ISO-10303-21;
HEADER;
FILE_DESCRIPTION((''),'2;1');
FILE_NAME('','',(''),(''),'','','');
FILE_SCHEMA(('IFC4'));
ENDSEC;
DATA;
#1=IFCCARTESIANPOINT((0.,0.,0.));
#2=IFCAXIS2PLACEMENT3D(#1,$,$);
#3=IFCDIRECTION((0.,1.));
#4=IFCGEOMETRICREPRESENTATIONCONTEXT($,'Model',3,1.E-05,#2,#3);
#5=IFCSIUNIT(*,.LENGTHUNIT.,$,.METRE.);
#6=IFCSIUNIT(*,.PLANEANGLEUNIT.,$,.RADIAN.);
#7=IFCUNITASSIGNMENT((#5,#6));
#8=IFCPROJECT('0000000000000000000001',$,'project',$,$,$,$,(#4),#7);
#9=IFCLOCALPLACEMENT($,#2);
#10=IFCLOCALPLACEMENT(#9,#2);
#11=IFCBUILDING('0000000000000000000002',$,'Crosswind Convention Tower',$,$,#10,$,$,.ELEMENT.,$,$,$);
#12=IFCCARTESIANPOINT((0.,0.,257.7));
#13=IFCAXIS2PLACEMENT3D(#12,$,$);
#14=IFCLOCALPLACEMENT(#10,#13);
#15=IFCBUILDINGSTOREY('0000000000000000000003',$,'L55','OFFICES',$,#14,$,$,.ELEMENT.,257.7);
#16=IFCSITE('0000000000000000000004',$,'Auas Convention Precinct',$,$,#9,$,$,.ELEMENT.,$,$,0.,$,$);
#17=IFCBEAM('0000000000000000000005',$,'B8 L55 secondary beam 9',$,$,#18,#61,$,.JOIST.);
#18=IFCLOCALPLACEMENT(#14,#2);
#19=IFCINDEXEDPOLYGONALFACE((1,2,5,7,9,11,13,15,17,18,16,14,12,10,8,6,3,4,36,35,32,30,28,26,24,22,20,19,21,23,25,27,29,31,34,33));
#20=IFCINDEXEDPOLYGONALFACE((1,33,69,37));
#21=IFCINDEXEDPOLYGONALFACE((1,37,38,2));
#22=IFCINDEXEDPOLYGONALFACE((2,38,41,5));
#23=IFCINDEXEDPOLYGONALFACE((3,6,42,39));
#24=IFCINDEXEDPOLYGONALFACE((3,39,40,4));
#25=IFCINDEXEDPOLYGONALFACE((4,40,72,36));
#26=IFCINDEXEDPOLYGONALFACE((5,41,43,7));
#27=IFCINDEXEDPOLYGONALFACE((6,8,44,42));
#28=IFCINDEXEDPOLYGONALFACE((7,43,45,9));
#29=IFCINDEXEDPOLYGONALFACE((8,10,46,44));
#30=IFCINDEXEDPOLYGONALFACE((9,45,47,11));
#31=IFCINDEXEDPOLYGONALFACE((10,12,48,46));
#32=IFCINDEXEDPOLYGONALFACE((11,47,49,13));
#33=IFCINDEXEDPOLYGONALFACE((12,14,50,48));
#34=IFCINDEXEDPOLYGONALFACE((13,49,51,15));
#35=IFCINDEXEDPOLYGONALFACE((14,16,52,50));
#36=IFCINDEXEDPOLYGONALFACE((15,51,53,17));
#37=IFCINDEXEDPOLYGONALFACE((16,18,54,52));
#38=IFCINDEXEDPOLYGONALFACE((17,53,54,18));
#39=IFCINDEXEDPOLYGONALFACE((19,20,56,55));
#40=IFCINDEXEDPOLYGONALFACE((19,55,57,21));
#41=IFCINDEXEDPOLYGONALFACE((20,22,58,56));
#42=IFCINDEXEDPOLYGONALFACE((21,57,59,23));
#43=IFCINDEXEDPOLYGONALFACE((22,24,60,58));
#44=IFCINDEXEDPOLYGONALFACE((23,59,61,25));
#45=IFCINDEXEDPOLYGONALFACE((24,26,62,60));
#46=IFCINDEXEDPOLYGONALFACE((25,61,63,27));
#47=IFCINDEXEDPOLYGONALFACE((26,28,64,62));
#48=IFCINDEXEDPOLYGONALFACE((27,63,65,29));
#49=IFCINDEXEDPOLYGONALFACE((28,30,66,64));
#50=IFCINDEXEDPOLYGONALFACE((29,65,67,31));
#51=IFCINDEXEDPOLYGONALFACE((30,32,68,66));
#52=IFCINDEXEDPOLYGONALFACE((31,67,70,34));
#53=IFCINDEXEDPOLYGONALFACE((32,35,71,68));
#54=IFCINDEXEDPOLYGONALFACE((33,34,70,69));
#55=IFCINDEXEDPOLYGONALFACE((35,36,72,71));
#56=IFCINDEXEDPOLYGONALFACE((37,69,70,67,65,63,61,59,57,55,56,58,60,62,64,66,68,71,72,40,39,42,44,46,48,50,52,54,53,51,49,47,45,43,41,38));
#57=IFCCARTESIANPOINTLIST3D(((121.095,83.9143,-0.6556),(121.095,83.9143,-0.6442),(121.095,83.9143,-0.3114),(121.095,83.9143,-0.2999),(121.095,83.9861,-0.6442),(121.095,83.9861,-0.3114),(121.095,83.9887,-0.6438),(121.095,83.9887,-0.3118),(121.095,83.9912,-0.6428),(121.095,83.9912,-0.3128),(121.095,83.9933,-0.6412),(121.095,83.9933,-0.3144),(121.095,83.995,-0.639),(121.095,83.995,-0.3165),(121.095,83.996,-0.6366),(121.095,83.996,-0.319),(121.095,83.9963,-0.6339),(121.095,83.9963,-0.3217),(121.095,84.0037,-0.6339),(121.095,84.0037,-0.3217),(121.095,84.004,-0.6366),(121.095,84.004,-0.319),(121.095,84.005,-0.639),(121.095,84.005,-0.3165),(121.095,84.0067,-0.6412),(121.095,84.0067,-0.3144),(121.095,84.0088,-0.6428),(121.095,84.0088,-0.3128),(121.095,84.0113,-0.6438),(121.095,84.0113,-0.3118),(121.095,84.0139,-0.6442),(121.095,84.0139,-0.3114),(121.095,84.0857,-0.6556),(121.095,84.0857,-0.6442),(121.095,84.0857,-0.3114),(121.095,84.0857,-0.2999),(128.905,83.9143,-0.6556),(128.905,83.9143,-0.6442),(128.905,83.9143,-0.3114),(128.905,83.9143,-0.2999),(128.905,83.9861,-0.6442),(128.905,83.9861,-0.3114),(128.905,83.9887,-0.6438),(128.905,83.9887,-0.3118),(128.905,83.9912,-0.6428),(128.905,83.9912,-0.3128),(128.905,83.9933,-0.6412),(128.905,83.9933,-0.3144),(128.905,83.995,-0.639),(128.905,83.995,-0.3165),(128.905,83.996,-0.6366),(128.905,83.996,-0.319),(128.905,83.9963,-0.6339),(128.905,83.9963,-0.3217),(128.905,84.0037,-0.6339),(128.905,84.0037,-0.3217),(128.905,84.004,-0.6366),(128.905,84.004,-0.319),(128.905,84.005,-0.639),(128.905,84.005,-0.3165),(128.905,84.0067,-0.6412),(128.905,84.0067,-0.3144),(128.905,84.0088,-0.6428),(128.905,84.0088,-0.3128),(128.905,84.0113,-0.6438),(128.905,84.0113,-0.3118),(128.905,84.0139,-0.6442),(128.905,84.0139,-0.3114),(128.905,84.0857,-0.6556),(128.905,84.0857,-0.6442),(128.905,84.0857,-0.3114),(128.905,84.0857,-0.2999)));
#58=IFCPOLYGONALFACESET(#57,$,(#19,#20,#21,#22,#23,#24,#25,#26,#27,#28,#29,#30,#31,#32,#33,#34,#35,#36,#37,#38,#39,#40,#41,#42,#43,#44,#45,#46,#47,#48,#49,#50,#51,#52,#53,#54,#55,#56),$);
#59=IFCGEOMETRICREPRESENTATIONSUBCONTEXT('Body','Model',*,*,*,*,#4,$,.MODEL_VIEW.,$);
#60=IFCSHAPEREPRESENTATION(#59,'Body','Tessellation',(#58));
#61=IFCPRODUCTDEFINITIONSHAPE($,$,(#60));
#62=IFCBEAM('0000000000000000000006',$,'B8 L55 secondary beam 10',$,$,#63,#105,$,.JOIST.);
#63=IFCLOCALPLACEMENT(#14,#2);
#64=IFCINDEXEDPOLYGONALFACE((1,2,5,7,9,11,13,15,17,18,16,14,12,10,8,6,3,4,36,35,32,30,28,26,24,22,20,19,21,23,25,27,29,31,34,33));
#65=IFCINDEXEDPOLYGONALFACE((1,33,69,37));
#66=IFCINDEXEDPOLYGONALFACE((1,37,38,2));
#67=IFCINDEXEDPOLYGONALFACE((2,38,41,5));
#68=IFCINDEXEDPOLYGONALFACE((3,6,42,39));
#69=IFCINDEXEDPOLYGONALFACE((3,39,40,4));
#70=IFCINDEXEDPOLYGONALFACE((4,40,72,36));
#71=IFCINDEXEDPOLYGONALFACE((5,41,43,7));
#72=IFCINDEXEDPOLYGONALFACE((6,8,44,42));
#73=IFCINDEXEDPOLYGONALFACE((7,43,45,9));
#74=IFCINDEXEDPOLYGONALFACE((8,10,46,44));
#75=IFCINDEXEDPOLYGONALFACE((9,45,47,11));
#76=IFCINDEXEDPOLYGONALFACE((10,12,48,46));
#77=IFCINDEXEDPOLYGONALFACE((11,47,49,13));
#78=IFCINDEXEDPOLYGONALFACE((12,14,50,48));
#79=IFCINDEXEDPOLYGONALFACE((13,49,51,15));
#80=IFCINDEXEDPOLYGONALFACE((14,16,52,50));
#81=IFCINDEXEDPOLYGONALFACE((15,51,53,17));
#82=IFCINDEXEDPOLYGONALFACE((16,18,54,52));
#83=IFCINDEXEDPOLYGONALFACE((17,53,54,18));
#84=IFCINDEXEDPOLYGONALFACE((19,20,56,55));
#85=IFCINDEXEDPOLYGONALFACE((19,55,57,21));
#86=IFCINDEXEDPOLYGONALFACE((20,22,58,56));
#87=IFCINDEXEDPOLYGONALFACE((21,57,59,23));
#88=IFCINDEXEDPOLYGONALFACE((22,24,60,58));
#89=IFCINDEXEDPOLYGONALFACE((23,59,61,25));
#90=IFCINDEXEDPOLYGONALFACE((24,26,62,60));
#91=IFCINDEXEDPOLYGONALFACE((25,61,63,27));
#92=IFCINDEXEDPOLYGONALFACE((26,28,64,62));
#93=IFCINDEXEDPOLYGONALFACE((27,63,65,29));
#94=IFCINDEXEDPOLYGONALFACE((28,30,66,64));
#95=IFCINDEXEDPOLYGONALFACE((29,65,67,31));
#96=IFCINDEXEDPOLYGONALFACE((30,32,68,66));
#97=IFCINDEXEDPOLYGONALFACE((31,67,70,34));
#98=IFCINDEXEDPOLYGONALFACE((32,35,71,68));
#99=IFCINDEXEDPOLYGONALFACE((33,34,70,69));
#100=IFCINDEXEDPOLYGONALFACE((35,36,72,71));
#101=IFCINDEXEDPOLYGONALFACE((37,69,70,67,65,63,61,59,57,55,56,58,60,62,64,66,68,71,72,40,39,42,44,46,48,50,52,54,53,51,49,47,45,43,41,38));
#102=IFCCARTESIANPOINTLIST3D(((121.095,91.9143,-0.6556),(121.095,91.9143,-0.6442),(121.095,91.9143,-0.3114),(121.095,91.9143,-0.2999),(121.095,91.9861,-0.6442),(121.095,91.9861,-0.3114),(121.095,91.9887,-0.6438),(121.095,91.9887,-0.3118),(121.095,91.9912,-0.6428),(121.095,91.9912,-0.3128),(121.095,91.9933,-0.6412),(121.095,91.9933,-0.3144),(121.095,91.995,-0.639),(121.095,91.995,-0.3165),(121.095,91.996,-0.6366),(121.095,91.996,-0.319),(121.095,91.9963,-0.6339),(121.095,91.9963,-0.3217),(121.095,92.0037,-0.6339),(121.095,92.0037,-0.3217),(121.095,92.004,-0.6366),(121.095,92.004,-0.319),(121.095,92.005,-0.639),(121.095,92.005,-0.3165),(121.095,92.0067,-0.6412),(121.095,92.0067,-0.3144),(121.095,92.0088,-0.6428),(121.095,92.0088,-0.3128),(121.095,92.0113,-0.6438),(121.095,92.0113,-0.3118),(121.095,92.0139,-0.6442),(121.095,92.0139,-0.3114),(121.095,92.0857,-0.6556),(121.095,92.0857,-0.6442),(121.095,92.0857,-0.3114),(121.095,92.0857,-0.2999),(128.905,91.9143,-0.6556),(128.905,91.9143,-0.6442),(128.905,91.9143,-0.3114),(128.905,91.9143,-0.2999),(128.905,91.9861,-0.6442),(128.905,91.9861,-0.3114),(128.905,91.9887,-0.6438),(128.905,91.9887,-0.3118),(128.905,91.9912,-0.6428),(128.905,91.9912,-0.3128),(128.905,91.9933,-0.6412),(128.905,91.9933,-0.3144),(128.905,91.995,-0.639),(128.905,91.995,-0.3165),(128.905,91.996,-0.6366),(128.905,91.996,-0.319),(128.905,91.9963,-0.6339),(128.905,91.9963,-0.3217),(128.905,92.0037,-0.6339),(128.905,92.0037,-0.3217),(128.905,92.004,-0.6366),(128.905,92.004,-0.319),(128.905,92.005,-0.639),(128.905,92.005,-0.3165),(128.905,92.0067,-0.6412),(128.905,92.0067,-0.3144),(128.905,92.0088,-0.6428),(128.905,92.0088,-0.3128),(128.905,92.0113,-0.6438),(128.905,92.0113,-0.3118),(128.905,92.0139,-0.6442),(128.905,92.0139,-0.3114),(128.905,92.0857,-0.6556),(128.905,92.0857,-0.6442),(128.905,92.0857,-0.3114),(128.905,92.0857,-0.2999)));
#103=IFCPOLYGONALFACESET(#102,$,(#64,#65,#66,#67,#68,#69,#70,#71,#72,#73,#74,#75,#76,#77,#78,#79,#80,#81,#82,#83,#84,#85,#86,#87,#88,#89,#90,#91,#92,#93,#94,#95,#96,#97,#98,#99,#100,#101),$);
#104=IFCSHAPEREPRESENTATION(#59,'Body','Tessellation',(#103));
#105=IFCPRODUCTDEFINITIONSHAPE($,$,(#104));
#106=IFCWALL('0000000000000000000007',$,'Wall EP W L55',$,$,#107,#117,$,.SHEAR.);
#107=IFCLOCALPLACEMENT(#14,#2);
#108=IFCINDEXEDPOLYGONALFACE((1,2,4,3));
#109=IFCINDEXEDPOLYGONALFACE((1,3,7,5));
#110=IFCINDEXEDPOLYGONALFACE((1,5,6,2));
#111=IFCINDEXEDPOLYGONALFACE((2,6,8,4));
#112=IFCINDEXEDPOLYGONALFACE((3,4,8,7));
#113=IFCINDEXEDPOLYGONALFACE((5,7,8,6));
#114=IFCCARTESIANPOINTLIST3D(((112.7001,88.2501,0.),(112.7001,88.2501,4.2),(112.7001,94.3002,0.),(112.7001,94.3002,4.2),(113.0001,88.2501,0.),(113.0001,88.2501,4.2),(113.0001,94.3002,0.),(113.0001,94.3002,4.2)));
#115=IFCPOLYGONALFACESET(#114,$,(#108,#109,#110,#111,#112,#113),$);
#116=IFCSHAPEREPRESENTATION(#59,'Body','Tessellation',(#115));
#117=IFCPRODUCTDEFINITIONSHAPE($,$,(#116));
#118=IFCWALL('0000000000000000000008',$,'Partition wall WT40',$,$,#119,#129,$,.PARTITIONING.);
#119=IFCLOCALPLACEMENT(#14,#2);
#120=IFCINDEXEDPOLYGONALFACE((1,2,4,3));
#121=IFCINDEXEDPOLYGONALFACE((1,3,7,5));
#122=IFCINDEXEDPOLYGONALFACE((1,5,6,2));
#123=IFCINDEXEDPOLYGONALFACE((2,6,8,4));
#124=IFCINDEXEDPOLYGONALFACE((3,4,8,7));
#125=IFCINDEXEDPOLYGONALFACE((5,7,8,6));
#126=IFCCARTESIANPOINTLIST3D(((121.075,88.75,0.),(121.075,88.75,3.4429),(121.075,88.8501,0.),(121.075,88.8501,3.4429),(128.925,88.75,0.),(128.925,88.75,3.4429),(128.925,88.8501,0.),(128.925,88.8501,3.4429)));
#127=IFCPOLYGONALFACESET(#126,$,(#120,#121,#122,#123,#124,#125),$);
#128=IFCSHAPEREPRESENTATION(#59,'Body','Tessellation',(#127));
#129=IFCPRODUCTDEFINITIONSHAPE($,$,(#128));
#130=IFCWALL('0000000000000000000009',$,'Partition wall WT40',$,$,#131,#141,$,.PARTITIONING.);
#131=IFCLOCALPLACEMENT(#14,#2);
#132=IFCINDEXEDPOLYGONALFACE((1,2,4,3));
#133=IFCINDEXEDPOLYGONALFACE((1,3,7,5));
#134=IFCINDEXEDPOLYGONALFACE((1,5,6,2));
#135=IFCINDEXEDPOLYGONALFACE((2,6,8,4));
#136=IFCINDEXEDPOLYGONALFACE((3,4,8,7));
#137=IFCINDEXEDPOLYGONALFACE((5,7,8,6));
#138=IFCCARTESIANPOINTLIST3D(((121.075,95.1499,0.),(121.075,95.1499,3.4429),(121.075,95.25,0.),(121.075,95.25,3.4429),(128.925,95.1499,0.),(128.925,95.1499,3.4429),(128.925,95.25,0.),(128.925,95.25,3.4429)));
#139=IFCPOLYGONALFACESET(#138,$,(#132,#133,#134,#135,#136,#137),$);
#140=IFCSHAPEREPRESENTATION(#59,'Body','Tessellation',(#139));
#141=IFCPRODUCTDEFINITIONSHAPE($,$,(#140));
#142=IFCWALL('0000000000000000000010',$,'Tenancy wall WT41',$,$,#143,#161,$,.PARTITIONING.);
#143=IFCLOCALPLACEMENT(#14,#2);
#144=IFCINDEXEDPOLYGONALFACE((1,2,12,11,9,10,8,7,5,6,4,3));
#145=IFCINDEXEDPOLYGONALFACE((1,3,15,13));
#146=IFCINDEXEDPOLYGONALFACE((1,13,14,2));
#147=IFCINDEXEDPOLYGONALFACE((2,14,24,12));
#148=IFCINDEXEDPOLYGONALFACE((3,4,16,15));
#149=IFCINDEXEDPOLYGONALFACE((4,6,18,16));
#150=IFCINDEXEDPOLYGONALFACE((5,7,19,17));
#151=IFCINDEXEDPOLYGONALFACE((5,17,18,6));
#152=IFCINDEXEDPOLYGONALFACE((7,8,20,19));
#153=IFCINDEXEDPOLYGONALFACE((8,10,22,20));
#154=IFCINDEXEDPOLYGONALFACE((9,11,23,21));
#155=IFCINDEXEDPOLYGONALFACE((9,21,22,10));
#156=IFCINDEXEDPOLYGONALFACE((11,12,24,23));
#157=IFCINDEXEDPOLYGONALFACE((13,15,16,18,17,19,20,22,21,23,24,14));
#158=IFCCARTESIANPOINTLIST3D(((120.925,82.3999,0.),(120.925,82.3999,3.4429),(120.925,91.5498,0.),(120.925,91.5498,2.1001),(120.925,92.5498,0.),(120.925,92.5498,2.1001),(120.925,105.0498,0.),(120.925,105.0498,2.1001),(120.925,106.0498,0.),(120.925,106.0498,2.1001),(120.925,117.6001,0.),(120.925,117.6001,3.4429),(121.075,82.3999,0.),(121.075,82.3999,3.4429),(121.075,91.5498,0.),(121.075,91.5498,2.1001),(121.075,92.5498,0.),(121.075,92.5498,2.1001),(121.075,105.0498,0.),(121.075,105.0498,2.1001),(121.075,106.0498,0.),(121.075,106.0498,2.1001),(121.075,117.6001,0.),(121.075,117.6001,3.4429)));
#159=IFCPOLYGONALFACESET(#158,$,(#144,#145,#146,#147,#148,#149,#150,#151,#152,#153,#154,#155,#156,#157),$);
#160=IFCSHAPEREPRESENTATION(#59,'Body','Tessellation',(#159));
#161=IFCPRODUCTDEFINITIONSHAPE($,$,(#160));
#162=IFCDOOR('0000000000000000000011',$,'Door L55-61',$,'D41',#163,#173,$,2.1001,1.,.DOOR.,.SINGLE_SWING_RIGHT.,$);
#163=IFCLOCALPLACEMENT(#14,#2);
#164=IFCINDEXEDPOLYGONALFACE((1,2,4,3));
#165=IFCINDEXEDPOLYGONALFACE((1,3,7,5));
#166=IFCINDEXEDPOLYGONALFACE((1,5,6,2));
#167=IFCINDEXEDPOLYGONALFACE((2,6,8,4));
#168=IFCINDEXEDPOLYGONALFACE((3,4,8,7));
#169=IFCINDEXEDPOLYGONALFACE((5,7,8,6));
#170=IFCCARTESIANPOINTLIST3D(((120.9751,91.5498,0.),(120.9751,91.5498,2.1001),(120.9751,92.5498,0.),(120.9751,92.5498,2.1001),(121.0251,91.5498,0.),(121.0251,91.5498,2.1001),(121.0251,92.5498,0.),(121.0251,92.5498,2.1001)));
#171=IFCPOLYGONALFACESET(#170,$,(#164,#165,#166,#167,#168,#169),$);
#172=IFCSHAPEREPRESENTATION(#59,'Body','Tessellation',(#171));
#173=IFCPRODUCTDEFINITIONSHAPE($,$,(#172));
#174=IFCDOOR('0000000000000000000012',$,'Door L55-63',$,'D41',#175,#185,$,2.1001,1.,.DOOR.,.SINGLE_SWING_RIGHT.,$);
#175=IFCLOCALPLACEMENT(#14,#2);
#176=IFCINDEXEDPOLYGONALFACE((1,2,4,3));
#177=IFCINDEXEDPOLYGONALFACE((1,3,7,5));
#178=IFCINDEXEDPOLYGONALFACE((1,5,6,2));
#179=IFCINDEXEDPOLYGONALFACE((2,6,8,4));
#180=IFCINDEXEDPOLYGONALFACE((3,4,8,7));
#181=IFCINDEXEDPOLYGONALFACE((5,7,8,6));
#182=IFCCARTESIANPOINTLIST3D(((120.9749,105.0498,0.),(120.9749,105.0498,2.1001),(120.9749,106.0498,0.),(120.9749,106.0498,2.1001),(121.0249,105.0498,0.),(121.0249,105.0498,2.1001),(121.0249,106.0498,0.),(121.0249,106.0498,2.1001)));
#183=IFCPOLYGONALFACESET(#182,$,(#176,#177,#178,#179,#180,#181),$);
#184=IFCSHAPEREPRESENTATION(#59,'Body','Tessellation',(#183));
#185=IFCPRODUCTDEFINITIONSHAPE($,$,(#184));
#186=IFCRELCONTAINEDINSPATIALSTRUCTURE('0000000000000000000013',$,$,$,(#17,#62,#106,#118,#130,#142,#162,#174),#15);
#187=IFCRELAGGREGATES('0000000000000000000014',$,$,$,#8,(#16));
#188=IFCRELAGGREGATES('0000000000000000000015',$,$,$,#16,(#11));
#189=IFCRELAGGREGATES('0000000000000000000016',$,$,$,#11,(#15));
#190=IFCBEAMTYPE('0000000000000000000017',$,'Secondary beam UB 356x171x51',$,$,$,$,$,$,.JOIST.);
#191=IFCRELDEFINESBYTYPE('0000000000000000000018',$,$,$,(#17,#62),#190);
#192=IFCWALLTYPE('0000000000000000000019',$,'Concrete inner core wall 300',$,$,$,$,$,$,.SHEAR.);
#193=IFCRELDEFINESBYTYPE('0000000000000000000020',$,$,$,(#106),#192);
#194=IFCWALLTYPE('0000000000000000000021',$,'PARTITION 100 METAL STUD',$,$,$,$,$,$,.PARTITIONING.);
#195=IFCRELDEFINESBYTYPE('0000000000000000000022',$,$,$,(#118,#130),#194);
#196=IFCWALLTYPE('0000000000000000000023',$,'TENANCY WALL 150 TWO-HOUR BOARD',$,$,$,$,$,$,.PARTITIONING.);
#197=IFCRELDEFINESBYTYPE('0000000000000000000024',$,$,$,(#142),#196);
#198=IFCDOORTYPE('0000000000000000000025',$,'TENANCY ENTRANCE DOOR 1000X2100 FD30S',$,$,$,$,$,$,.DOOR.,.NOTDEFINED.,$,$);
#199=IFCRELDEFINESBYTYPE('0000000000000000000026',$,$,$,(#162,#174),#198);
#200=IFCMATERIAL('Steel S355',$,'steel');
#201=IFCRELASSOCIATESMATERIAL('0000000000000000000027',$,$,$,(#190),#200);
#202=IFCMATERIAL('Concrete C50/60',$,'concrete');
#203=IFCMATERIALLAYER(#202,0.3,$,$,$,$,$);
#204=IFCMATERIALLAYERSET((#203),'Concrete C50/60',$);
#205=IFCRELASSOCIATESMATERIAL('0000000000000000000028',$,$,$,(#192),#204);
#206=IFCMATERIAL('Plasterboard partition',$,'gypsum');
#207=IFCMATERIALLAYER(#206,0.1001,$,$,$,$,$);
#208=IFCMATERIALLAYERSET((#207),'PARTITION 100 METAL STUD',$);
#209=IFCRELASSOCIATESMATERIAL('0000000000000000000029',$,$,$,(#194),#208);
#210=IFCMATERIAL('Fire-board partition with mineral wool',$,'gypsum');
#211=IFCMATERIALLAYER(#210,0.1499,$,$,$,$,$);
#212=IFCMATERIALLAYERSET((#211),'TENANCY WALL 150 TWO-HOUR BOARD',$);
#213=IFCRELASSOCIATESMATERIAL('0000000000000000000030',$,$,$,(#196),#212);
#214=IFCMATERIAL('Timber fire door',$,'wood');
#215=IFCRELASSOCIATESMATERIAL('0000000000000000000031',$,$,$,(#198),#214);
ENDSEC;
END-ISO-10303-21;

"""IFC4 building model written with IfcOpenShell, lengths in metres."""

from ifc_helpers import new_model, si_unit, direction, frame, frame_2d, origin, origin_2d, place, context, subcontext, project, spatial, rectangle, i_section, extrude, material, layer, layer_set, material_profile, profile_set, type_object, element, fill, save


model = new_model("IFC4")

# Units and contexts
model_context = context("Model", 3, precision=1e-05, world=origin(), true_north=direction((0.0, 1.0)))
body_context = subcontext(model_context, "Body", "Model", "MODEL_VIEW")
ifc_project = project(units=[si_unit("LENGTHUNIT", "METRE"), si_unit("PLANEANGLEUNIT", "RADIAN")], contexts=[model_context])

# Site, building, storey
site_placement = place(None, origin())
site = spatial("IfcSite", under=ifc_project, at=site_placement, Name="Auas Convention Precinct", CompositionType="ELEMENT", RefElevation=0.0)
building_placement = place(site_placement, origin())
building = spatial("IfcBuilding", under=site, at=building_placement, Name="Crosswind Convention Tower", CompositionType="ELEMENT")
storey_placement = place(building_placement, frame((0.0, 0.0, 257.7)))
storey = spatial("IfcBuildingStorey", under=building, at=storey_placement, Name="L55", Description="OFFICES", CompositionType="ELEMENT", Elevation=257.7)

# Beams
ifc_material_1 = material(Name="Steel S355", Category="steel")
ifc_material_profile_1 = material_profile(ifc_material_1, i_section(OverallWidth=0.1714, OverallDepth=0.3557, WebThickness=0.0073, FlangeThickness=0.0115, FilletRadius=0.0103, at=origin_2d()), Name="UB 356x171x51")
ifc_profile_set_1 = profile_set([ifc_material_profile_1], Name="Steel S355")
beam_type_1 = type_object("IfcBeamType", Name="Secondary beam UB 356x171x51", PredefinedType="JOIST", material=ifc_profile_set_1)
for number, where, z_axis, x_axis, name in (
    (1, (121.095, 84.0, -0.4778), (1.0, 0.0, 0.0), (0.0, 1.0, 0.0), "B8 L55 secondary beam 9"),
    (2, (121.095, 92.0, -0.4778), (1.0, 0.0, 0.0), (0.0, 1.0, 0.0), "B8 L55 secondary beam 10"),
):
    element("IfcBeam", number, at=place(storey_placement, frame(where, z_axis=z_axis, x_axis=x_axis)), inside=storey, type_object=beam_type_1, Name=name, PredefinedType="JOIST", context=body_context, shape_type="SweptSolid", body=[
        extrude(i_section(OverallWidth=0.1714, OverallDepth=0.3557, WebThickness=0.0073, FlangeThickness=0.0115, FilletRadius=0.0103, at=origin_2d()), origin(), (0.0, 0.0, 1.0), 7.8101),
    ])

# Walls
ifc_material_2 = material(Name="Concrete C50/60", Category="concrete")
ifc_layer_1 = layer(ifc_material_2, 0.3)
ifc_layer_set_1 = layer_set([ifc_layer_1], Name="Concrete C50/60")
wall_type_1 = type_object("IfcWallType", Name="Concrete inner core wall 300", PredefinedType="SHEAR", material=ifc_layer_set_1)
wall_1_placement = place(storey_placement, frame((112.8501, 94.3, 0.0), z_axis=(0.0, 0.0, 1.0), x_axis=(0.0, -1.0, 0.0)))
element("IfcWall", 3, at=wall_1_placement, inside=storey, type_object=wall_type_1, Name="Wall EP W L55", PredefinedType="SHEAR", context=body_context, shape_type="SweptSolid", body=[
    extrude(rectangle(XDim=6.05, YDim=0.3, at=frame_2d((3.0249, 0.0))), origin(), (0.0, 0.0, 1.0), 4.2),
])
ifc_material_3 = material(Name="Plasterboard partition", Category="gypsum")
ifc_layer_2 = layer(ifc_material_3, 0.1001)
ifc_layer_set_2 = layer_set([ifc_layer_2], Name="PARTITION 100 METAL STUD")
wall_type_2 = type_object("IfcWallType", Name="PARTITION 100 METAL STUD", PredefinedType="PARTITIONING", material=ifc_layer_set_2)
for number, where, z_axis, x_axis, name in (
    (4, (121.075, 88.8, 0.0), (0.0, 0.0, 1.0), (1.0, 0.0, 0.0), "Partition wall WT40"),
    (5, (121.075, 95.2, 0.0), (0.0, 0.0, 1.0), (1.0, 0.0, 0.0), "Partition wall WT40"),
):
    element("IfcWall", number, at=place(storey_placement, frame(where, z_axis=z_axis, x_axis=x_axis)), inside=storey, type_object=wall_type_2, Name=name, PredefinedType="PARTITIONING", context=body_context, shape_type="SweptSolid", body=[
        extrude(rectangle(XDim=7.8501, YDim=0.1001, at=frame_2d((3.925, 0.0))), origin(), (0.0, 0.0, 1.0), 3.4429),
    ])

# Wall, openings, doors
ifc_material_4 = material(Name="Fire-board partition with mineral wool", Category="gypsum")
ifc_layer_3 = layer(ifc_material_4, 0.1499)
ifc_layer_set_3 = layer_set([ifc_layer_3], Name="TENANCY WALL 150 TWO-HOUR BOARD")
wall_type_3 = type_object("IfcWallType", Name="TENANCY WALL 150 TWO-HOUR BOARD", PredefinedType="PARTITIONING", material=ifc_layer_set_3)
wall_2_placement = place(storey_placement, frame((121.0, 82.3999, 0.0), z_axis=(0.0, 0.0, 1.0), x_axis=(0.0, 1.0, 0.0)))
wall_2 = element("IfcWall", 6, at=wall_2_placement, inside=storey, type_object=wall_type_3, Name="Tenancy wall WT41", PredefinedType="PARTITIONING", context=body_context, shape_type="SweptSolid", body=[
    extrude(rectangle(XDim=35.2002, YDim=0.1499, at=frame_2d((17.6001, 0.0))), origin(), (0.0, 0.0, 1.0), 3.4429),
])
opening_1_placement = place(wall_2_placement, frame((9.1499, 0.0, 0.0)))
opening_1 = element("IfcOpeningElement", 7, at=opening_1_placement, cuts=wall_2, PredefinedType="OPENING", context=body_context, shape_type="SweptSolid", body=[
    extrude(rectangle(XDim=1.0, YDim=2.1001, at=frame_2d((0.5, 1.05))), frame((0.0, 0.085, 0.0), z_axis=(0.0, -1.0, 0.0), x_axis=(1.0, 0.0, 0.0)), (0.0, 0.0, 1.0), 0.1699),
])
opening_2_placement = place(wall_2_placement, frame((22.6499, 0.0, 0.0)))
opening_2 = element("IfcOpeningElement", 8, at=opening_2_placement, cuts=wall_2, PredefinedType="OPENING", context=body_context, shape_type="SweptSolid", body=[
    extrude(rectangle(XDim=1.0, YDim=2.1001, at=frame_2d((0.5, 1.05))), frame((0.0, 0.085, 0.0), z_axis=(0.0, -1.0, 0.0), x_axis=(1.0, 0.0, 0.0)), (0.0, 0.0, 1.0), 0.1699),
])
ifc_material_5 = material(Name="Timber fire door", Category="wood")
door_type = type_object("IfcDoorType", Name="TENANCY ENTRANCE DOOR 1000X2100 FD30S", OperationType="NOTDEFINED", PredefinedType="DOOR", material=ifc_material_5)
door_1_placement = place(opening_1_placement, origin())
door_1 = element("IfcDoor", 9, at=door_1_placement, inside=storey, type_object=door_type, Name="Door L55-61", ObjectType="D41", OperationType="SINGLE_SWING_RIGHT", OverallHeight=2.1001, OverallWidth=1.0, PredefinedType="DOOR", context=body_context, shape_type="SweptSolid", body=[
    extrude(rectangle(XDim=1.0, YDim=2.1001, at=frame_2d((0.5, 1.05))), frame((0.0, 0.0249, 0.0), z_axis=(0.0, -1.0, 0.0), x_axis=(1.0, 0.0, 0.0)), (0.0, 0.0, 1.0), 0.05),
])
fill(opening_1, door_1)
door_2_placement = place(opening_2_placement, frame((1.0, 0.0, 0.0), z_axis=(0.0, 0.0, 1.0), x_axis=(-1.0, 0.0, 0.0)))
door_2 = element("IfcDoor", 10, at=door_2_placement, inside=storey, type_object=door_type, Name="Door L55-63", ObjectType="D41", OperationType="SINGLE_SWING_RIGHT", OverallHeight=2.1001, OverallWidth=1.0, PredefinedType="DOOR", context=body_context, shape_type="SweptSolid", body=[
    extrude(rectangle(XDim=1.0, YDim=2.1001, at=frame_2d((0.5, 1.05))), frame((0.0, 0.0249, 0.0), z_axis=(0.0, -1.0, 0.0), x_axis=(1.0, 0.0, 0.0)), (0.0, 0.0, 1.0), 0.05),
])
fill(opening_2, door_2)

save(model, "model.ifc")
